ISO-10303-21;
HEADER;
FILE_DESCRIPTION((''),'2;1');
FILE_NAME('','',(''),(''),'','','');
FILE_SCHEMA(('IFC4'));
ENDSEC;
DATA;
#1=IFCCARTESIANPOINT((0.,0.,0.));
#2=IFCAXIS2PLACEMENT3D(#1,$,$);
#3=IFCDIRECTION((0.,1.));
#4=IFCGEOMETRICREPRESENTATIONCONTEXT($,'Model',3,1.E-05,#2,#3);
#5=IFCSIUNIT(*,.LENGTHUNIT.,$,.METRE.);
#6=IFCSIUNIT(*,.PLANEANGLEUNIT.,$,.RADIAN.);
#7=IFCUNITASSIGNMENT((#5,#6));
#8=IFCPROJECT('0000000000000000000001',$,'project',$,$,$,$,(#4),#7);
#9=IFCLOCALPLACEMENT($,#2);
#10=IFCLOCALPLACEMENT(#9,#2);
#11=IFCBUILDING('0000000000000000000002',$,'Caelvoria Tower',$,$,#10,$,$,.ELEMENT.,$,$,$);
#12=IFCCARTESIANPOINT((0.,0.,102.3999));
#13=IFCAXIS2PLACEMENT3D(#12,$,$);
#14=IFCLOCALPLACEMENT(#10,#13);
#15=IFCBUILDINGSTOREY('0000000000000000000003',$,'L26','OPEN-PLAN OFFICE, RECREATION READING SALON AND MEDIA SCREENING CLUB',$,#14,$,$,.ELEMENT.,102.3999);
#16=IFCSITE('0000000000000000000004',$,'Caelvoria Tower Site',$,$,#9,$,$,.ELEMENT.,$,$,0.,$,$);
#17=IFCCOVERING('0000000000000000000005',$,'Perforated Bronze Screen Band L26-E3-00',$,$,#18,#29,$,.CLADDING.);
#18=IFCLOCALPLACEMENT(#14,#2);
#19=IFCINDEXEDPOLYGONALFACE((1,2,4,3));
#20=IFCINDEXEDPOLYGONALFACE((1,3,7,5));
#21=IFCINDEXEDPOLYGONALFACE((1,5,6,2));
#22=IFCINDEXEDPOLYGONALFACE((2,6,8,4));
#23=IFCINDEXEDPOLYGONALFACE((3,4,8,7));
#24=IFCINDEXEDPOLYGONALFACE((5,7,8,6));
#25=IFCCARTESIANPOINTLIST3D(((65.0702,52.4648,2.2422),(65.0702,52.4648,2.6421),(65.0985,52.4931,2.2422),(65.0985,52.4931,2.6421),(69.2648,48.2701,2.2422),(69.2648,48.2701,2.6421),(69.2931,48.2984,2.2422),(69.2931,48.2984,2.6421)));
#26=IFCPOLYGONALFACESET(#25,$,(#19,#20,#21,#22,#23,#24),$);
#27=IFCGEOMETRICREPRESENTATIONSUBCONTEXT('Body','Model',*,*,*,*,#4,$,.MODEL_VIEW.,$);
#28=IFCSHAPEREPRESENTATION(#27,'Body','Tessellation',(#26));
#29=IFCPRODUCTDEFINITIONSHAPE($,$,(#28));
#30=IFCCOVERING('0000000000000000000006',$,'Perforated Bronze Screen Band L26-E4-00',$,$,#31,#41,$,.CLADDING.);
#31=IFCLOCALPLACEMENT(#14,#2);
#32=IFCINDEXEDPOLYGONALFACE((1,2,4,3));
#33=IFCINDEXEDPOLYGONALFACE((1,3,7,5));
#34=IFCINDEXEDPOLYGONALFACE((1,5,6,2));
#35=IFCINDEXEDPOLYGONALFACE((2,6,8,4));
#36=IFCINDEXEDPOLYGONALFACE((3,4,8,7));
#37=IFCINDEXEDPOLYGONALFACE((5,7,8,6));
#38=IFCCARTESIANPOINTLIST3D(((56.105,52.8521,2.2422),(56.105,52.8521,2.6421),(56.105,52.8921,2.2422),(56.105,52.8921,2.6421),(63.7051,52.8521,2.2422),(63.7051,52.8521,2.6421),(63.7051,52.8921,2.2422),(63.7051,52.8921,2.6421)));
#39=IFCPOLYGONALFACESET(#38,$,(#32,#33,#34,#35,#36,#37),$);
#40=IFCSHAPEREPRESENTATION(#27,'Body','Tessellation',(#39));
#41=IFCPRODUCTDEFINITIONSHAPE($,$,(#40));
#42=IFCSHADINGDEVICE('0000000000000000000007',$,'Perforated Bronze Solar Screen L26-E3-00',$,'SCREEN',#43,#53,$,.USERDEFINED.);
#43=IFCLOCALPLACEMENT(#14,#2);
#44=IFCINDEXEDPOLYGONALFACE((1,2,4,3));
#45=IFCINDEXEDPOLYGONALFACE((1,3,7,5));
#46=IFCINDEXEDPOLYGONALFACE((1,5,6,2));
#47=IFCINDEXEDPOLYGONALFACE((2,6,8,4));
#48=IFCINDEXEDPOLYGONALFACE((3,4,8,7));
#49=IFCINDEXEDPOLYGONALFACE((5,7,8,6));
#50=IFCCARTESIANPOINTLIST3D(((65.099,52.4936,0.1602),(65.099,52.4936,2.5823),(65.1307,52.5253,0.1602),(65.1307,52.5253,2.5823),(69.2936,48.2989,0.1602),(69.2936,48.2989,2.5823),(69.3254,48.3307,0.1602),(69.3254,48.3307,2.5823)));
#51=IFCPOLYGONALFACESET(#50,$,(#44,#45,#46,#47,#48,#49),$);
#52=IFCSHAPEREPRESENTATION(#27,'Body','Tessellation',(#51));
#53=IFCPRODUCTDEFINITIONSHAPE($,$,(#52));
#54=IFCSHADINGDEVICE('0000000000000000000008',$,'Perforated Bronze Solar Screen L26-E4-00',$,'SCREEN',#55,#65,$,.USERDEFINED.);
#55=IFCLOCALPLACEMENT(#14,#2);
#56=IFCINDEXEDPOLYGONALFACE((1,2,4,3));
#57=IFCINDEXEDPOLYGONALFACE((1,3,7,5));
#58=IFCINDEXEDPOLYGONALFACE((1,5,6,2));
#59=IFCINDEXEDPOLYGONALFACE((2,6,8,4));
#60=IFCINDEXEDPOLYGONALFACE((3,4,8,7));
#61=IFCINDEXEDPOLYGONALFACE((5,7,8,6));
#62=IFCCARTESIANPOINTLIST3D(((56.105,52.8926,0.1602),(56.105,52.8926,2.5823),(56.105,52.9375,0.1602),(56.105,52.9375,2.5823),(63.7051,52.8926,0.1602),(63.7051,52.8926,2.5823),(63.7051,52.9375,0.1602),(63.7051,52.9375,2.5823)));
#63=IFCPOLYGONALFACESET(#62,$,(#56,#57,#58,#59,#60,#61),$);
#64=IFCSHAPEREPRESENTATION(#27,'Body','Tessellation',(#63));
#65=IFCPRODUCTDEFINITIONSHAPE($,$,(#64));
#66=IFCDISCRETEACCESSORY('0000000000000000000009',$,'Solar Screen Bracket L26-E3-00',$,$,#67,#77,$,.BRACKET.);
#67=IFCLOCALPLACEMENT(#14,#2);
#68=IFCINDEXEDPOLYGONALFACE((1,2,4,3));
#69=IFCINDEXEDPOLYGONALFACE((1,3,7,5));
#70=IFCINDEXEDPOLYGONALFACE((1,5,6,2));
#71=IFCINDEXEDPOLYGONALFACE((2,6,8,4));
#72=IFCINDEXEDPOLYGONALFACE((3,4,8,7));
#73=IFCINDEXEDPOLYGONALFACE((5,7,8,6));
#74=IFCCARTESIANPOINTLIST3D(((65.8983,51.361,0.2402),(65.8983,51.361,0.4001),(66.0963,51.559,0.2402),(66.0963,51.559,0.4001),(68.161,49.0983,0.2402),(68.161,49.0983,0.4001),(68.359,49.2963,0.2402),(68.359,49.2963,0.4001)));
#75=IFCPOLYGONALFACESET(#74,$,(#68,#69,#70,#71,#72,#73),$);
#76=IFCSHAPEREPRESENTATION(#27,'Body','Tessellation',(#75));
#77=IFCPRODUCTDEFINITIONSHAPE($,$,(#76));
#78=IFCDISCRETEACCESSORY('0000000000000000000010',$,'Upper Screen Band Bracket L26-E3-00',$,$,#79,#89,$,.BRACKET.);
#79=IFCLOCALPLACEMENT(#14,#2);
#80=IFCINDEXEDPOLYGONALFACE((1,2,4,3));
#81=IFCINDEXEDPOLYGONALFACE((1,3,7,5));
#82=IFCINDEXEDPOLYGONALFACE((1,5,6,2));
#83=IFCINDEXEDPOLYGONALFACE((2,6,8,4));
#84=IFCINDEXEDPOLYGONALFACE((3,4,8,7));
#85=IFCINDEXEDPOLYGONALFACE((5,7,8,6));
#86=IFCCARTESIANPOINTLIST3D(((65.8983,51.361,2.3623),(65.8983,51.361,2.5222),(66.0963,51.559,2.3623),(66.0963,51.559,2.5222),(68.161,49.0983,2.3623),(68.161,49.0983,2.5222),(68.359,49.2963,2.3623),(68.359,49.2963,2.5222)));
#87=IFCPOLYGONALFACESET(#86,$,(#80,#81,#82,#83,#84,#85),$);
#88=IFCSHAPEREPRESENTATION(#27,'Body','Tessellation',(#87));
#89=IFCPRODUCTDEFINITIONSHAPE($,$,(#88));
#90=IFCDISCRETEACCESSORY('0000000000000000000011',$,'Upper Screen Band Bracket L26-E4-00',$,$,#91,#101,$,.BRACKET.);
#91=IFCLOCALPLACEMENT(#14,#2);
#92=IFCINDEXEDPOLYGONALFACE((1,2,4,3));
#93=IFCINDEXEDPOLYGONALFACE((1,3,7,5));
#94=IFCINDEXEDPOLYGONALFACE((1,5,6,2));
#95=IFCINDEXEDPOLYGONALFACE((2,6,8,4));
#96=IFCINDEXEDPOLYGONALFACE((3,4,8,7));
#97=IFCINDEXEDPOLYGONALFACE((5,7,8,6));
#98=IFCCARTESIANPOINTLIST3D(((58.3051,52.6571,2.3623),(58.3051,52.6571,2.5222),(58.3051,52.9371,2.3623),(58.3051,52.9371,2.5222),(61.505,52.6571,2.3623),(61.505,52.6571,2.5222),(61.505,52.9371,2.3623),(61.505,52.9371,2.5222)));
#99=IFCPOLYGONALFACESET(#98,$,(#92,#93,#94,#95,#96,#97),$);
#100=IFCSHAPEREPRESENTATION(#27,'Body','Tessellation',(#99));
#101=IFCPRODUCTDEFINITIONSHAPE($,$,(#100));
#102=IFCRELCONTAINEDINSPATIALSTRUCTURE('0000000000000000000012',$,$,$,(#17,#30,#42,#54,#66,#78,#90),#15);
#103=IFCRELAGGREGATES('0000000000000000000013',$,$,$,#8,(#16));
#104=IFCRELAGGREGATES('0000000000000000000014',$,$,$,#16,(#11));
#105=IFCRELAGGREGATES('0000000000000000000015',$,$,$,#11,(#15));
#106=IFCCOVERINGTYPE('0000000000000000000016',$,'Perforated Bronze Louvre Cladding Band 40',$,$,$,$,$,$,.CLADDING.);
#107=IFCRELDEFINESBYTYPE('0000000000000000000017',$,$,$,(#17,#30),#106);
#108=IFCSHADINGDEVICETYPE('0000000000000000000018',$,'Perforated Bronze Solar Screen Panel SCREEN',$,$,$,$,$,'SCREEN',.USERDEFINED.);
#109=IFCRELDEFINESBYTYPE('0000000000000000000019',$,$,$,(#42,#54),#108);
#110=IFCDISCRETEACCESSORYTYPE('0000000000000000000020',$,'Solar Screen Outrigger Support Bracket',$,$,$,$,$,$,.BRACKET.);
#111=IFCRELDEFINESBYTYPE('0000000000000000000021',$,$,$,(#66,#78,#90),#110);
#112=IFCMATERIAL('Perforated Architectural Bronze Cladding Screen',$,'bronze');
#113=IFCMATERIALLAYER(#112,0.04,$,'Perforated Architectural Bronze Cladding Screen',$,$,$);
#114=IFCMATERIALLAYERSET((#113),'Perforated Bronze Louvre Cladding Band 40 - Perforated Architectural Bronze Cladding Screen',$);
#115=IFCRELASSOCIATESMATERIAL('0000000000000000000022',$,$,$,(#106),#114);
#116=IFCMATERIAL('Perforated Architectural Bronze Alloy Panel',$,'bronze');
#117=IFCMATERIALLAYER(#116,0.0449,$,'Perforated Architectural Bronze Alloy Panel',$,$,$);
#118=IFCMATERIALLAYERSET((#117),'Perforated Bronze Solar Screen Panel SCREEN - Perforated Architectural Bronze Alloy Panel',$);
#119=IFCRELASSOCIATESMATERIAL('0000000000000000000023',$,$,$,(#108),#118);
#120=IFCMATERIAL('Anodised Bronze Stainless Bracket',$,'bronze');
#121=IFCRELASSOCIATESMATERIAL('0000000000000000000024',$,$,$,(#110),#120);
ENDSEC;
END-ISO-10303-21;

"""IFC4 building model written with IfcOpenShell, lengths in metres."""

from ifc_helpers import new_model, si_unit, direction, frame, origin, origin_2d, place, context, subcontext, project, spatial, rectangle, extrude, material, layer, layer_set, type_object, element, save


model = new_model("IFC4")

# Units and contexts
model_context = context("Model", 3, precision=1e-05, world=origin(), true_north=direction((0.0, 1.0)))
body_context = subcontext(model_context, "Body", "Model", "MODEL_VIEW")
ifc_project = project(units=[si_unit("LENGTHUNIT", "METRE"), si_unit("PLANEANGLEUNIT", "RADIAN")], contexts=[model_context])

# Site, building, storey
site_placement = place(None, origin())
site = spatial("IfcSite", under=ifc_project, at=site_placement, Name="Caelvoria Tower Site", CompositionType="ELEMENT", RefElevation=0.0)
building_placement = place(site_placement, origin())
building = spatial("IfcBuilding", under=site, at=building_placement, Name="Caelvoria Tower", CompositionType="ELEMENT")
storey_placement = place(building_placement, frame((0.0, 0.0, 102.3999)))
storey = spatial("IfcBuildingStorey", under=building, at=storey_placement, Name="L26", Description="OPEN-PLAN OFFICE, RECREATION READING SALON AND MEDIA SCREENING CLUB", CompositionType="ELEMENT", Elevation=102.3999)

# Coverings
ifc_material_1 = material(Name="Perforated Architectural Bronze Cladding Screen", Category="bronze")
ifc_layer_1 = layer(ifc_material_1, 0.04, Name="Perforated Architectural Bronze Cladding Screen")
ifc_layer_set_1 = layer_set([ifc_layer_1], Name="Perforated Bronze Louvre Cladding Band 40 - Perforated Architectural Bronze Cladding Screen")
covering_type = type_object("IfcCoveringType", Name="Perforated Bronze Louvre Cladding Band 40", PredefinedType="CLADDING", material=ifc_layer_set_1)
covering_1_placement = place(storey_placement, frame((67.1816, 50.3816, 2.2422), z_axis=(0.0, 0.0, 1.0), x_axis=(-0.707107, 0.707107, 0.0)))
element("IfcCovering", 1, at=covering_1_placement, inside=storey, type_object=covering_type, Name="Perforated Bronze Screen Band L26-E3-00", PredefinedType="CLADDING", context=body_context, shape_type="SweptSolid", body=[
    extrude(rectangle(XDim=5.9321, YDim=0.04, at=origin_2d()), origin(), (0.0, 0.0, 1.0), 0.3999),
])
covering_2_placement = place(storey_placement, frame((59.905, 52.8721, 2.2422), z_axis=(0.0, 0.0, 1.0), x_axis=(-1.0, 0.0, 0.0)))
element("IfcCovering", 2, at=covering_2_placement, inside=storey, type_object=covering_type, Name="Perforated Bronze Screen Band L26-E4-00", PredefinedType="CLADDING", context=body_context, shape_type="SweptSolid", body=[
    extrude(rectangle(XDim=7.6001, YDim=0.04, at=origin_2d()), origin(), (0.0, 0.0, 1.0), 0.3999),
])

# Shading devices
ifc_material_2 = material(Name="Perforated Architectural Bronze Alloy Panel", Category="bronze")
ifc_layer_2 = layer(ifc_material_2, 0.0449, Name="Perforated Architectural Bronze Alloy Panel")
ifc_layer_set_2 = layer_set([ifc_layer_2], Name="Perforated Bronze Solar Screen Panel SCREEN - Perforated Architectural Bronze Alloy Panel")
shading_device_type = type_object("IfcShadingDeviceType", Name="Perforated Bronze Solar Screen Panel SCREEN", ElementType="SCREEN", PredefinedType="USERDEFINED", material=ifc_layer_set_2)
shading_device_1_placement = place(storey_placement, frame((67.2122, 50.4121, 0.1602), z_axis=(0.0, 0.0, 1.0), x_axis=(-0.707107, 0.707107, 0.0)))
element("IfcShadingDevice", 3, at=shading_device_1_placement, inside=storey, type_object=shading_device_type, Name="Perforated Bronze Solar Screen L26-E3-00", ObjectType="SCREEN", PredefinedType="USERDEFINED", context=body_context, shape_type="SweptSolid", body=[
    extrude(rectangle(XDim=5.9321, YDim=0.0449, at=origin_2d()), origin(), (0.0, 0.0, 1.0), 2.4221),
])
shading_device_2_placement = place(storey_placement, frame((59.905, 52.915, 0.1602), z_axis=(0.0, 0.0, 1.0), x_axis=(-1.0, 0.0, 0.0)))
element("IfcShadingDevice", 4, at=shading_device_2_placement, inside=storey, type_object=shading_device_type, Name="Perforated Bronze Solar Screen L26-E4-00", ObjectType="SCREEN", PredefinedType="USERDEFINED", context=body_context, shape_type="SweptSolid", body=[
    extrude(rectangle(XDim=7.6001, YDim=0.0449, at=origin_2d()), origin(), (0.0, 0.0, 1.0), 2.4221),
])

# Discrete accessories
ifc_material_3 = material(Name="Anodised Bronze Stainless Bracket", Category="bronze")
discrete_accessory_type = type_object("IfcDiscreteAccessoryType", Name="Solar Screen Outrigger Support Bracket", PredefinedType="BRACKET", material=ifc_material_3)
for number, where, z_axis, x_axis, name in (
    (5, (67.1287, 50.3286, 0.2402), (0.0, 0.0, 1.0), (-0.707107, 0.707107, 0.0), "Solar Screen Bracket L26-E3-00"),
    (6, (67.1287, 50.3286, 2.3623), (0.0, 0.0, 1.0), (-0.707107, 0.707107, 0.0), "Upper Screen Band Bracket L26-E3-00"),
    (7, (59.905, 52.7971, 2.3623), (0.0, 0.0, 1.0), (-1.0, 0.0, 0.0), "Upper Screen Band Bracket L26-E4-00"),
):
    element("IfcDiscreteAccessory", number, at=place(storey_placement, frame(where, z_axis=z_axis, x_axis=x_axis)), inside=storey, type_object=discrete_accessory_type, Name=name, PredefinedType="BRACKET", context=body_context, shape_type="SweptSolid", body=[
        extrude(rectangle(XDim=3.2, YDim=0.28, at=origin_2d()), origin(), (0.0, 0.0, 1.0), 0.1599),
    ])

save(model, "model.ifc")
